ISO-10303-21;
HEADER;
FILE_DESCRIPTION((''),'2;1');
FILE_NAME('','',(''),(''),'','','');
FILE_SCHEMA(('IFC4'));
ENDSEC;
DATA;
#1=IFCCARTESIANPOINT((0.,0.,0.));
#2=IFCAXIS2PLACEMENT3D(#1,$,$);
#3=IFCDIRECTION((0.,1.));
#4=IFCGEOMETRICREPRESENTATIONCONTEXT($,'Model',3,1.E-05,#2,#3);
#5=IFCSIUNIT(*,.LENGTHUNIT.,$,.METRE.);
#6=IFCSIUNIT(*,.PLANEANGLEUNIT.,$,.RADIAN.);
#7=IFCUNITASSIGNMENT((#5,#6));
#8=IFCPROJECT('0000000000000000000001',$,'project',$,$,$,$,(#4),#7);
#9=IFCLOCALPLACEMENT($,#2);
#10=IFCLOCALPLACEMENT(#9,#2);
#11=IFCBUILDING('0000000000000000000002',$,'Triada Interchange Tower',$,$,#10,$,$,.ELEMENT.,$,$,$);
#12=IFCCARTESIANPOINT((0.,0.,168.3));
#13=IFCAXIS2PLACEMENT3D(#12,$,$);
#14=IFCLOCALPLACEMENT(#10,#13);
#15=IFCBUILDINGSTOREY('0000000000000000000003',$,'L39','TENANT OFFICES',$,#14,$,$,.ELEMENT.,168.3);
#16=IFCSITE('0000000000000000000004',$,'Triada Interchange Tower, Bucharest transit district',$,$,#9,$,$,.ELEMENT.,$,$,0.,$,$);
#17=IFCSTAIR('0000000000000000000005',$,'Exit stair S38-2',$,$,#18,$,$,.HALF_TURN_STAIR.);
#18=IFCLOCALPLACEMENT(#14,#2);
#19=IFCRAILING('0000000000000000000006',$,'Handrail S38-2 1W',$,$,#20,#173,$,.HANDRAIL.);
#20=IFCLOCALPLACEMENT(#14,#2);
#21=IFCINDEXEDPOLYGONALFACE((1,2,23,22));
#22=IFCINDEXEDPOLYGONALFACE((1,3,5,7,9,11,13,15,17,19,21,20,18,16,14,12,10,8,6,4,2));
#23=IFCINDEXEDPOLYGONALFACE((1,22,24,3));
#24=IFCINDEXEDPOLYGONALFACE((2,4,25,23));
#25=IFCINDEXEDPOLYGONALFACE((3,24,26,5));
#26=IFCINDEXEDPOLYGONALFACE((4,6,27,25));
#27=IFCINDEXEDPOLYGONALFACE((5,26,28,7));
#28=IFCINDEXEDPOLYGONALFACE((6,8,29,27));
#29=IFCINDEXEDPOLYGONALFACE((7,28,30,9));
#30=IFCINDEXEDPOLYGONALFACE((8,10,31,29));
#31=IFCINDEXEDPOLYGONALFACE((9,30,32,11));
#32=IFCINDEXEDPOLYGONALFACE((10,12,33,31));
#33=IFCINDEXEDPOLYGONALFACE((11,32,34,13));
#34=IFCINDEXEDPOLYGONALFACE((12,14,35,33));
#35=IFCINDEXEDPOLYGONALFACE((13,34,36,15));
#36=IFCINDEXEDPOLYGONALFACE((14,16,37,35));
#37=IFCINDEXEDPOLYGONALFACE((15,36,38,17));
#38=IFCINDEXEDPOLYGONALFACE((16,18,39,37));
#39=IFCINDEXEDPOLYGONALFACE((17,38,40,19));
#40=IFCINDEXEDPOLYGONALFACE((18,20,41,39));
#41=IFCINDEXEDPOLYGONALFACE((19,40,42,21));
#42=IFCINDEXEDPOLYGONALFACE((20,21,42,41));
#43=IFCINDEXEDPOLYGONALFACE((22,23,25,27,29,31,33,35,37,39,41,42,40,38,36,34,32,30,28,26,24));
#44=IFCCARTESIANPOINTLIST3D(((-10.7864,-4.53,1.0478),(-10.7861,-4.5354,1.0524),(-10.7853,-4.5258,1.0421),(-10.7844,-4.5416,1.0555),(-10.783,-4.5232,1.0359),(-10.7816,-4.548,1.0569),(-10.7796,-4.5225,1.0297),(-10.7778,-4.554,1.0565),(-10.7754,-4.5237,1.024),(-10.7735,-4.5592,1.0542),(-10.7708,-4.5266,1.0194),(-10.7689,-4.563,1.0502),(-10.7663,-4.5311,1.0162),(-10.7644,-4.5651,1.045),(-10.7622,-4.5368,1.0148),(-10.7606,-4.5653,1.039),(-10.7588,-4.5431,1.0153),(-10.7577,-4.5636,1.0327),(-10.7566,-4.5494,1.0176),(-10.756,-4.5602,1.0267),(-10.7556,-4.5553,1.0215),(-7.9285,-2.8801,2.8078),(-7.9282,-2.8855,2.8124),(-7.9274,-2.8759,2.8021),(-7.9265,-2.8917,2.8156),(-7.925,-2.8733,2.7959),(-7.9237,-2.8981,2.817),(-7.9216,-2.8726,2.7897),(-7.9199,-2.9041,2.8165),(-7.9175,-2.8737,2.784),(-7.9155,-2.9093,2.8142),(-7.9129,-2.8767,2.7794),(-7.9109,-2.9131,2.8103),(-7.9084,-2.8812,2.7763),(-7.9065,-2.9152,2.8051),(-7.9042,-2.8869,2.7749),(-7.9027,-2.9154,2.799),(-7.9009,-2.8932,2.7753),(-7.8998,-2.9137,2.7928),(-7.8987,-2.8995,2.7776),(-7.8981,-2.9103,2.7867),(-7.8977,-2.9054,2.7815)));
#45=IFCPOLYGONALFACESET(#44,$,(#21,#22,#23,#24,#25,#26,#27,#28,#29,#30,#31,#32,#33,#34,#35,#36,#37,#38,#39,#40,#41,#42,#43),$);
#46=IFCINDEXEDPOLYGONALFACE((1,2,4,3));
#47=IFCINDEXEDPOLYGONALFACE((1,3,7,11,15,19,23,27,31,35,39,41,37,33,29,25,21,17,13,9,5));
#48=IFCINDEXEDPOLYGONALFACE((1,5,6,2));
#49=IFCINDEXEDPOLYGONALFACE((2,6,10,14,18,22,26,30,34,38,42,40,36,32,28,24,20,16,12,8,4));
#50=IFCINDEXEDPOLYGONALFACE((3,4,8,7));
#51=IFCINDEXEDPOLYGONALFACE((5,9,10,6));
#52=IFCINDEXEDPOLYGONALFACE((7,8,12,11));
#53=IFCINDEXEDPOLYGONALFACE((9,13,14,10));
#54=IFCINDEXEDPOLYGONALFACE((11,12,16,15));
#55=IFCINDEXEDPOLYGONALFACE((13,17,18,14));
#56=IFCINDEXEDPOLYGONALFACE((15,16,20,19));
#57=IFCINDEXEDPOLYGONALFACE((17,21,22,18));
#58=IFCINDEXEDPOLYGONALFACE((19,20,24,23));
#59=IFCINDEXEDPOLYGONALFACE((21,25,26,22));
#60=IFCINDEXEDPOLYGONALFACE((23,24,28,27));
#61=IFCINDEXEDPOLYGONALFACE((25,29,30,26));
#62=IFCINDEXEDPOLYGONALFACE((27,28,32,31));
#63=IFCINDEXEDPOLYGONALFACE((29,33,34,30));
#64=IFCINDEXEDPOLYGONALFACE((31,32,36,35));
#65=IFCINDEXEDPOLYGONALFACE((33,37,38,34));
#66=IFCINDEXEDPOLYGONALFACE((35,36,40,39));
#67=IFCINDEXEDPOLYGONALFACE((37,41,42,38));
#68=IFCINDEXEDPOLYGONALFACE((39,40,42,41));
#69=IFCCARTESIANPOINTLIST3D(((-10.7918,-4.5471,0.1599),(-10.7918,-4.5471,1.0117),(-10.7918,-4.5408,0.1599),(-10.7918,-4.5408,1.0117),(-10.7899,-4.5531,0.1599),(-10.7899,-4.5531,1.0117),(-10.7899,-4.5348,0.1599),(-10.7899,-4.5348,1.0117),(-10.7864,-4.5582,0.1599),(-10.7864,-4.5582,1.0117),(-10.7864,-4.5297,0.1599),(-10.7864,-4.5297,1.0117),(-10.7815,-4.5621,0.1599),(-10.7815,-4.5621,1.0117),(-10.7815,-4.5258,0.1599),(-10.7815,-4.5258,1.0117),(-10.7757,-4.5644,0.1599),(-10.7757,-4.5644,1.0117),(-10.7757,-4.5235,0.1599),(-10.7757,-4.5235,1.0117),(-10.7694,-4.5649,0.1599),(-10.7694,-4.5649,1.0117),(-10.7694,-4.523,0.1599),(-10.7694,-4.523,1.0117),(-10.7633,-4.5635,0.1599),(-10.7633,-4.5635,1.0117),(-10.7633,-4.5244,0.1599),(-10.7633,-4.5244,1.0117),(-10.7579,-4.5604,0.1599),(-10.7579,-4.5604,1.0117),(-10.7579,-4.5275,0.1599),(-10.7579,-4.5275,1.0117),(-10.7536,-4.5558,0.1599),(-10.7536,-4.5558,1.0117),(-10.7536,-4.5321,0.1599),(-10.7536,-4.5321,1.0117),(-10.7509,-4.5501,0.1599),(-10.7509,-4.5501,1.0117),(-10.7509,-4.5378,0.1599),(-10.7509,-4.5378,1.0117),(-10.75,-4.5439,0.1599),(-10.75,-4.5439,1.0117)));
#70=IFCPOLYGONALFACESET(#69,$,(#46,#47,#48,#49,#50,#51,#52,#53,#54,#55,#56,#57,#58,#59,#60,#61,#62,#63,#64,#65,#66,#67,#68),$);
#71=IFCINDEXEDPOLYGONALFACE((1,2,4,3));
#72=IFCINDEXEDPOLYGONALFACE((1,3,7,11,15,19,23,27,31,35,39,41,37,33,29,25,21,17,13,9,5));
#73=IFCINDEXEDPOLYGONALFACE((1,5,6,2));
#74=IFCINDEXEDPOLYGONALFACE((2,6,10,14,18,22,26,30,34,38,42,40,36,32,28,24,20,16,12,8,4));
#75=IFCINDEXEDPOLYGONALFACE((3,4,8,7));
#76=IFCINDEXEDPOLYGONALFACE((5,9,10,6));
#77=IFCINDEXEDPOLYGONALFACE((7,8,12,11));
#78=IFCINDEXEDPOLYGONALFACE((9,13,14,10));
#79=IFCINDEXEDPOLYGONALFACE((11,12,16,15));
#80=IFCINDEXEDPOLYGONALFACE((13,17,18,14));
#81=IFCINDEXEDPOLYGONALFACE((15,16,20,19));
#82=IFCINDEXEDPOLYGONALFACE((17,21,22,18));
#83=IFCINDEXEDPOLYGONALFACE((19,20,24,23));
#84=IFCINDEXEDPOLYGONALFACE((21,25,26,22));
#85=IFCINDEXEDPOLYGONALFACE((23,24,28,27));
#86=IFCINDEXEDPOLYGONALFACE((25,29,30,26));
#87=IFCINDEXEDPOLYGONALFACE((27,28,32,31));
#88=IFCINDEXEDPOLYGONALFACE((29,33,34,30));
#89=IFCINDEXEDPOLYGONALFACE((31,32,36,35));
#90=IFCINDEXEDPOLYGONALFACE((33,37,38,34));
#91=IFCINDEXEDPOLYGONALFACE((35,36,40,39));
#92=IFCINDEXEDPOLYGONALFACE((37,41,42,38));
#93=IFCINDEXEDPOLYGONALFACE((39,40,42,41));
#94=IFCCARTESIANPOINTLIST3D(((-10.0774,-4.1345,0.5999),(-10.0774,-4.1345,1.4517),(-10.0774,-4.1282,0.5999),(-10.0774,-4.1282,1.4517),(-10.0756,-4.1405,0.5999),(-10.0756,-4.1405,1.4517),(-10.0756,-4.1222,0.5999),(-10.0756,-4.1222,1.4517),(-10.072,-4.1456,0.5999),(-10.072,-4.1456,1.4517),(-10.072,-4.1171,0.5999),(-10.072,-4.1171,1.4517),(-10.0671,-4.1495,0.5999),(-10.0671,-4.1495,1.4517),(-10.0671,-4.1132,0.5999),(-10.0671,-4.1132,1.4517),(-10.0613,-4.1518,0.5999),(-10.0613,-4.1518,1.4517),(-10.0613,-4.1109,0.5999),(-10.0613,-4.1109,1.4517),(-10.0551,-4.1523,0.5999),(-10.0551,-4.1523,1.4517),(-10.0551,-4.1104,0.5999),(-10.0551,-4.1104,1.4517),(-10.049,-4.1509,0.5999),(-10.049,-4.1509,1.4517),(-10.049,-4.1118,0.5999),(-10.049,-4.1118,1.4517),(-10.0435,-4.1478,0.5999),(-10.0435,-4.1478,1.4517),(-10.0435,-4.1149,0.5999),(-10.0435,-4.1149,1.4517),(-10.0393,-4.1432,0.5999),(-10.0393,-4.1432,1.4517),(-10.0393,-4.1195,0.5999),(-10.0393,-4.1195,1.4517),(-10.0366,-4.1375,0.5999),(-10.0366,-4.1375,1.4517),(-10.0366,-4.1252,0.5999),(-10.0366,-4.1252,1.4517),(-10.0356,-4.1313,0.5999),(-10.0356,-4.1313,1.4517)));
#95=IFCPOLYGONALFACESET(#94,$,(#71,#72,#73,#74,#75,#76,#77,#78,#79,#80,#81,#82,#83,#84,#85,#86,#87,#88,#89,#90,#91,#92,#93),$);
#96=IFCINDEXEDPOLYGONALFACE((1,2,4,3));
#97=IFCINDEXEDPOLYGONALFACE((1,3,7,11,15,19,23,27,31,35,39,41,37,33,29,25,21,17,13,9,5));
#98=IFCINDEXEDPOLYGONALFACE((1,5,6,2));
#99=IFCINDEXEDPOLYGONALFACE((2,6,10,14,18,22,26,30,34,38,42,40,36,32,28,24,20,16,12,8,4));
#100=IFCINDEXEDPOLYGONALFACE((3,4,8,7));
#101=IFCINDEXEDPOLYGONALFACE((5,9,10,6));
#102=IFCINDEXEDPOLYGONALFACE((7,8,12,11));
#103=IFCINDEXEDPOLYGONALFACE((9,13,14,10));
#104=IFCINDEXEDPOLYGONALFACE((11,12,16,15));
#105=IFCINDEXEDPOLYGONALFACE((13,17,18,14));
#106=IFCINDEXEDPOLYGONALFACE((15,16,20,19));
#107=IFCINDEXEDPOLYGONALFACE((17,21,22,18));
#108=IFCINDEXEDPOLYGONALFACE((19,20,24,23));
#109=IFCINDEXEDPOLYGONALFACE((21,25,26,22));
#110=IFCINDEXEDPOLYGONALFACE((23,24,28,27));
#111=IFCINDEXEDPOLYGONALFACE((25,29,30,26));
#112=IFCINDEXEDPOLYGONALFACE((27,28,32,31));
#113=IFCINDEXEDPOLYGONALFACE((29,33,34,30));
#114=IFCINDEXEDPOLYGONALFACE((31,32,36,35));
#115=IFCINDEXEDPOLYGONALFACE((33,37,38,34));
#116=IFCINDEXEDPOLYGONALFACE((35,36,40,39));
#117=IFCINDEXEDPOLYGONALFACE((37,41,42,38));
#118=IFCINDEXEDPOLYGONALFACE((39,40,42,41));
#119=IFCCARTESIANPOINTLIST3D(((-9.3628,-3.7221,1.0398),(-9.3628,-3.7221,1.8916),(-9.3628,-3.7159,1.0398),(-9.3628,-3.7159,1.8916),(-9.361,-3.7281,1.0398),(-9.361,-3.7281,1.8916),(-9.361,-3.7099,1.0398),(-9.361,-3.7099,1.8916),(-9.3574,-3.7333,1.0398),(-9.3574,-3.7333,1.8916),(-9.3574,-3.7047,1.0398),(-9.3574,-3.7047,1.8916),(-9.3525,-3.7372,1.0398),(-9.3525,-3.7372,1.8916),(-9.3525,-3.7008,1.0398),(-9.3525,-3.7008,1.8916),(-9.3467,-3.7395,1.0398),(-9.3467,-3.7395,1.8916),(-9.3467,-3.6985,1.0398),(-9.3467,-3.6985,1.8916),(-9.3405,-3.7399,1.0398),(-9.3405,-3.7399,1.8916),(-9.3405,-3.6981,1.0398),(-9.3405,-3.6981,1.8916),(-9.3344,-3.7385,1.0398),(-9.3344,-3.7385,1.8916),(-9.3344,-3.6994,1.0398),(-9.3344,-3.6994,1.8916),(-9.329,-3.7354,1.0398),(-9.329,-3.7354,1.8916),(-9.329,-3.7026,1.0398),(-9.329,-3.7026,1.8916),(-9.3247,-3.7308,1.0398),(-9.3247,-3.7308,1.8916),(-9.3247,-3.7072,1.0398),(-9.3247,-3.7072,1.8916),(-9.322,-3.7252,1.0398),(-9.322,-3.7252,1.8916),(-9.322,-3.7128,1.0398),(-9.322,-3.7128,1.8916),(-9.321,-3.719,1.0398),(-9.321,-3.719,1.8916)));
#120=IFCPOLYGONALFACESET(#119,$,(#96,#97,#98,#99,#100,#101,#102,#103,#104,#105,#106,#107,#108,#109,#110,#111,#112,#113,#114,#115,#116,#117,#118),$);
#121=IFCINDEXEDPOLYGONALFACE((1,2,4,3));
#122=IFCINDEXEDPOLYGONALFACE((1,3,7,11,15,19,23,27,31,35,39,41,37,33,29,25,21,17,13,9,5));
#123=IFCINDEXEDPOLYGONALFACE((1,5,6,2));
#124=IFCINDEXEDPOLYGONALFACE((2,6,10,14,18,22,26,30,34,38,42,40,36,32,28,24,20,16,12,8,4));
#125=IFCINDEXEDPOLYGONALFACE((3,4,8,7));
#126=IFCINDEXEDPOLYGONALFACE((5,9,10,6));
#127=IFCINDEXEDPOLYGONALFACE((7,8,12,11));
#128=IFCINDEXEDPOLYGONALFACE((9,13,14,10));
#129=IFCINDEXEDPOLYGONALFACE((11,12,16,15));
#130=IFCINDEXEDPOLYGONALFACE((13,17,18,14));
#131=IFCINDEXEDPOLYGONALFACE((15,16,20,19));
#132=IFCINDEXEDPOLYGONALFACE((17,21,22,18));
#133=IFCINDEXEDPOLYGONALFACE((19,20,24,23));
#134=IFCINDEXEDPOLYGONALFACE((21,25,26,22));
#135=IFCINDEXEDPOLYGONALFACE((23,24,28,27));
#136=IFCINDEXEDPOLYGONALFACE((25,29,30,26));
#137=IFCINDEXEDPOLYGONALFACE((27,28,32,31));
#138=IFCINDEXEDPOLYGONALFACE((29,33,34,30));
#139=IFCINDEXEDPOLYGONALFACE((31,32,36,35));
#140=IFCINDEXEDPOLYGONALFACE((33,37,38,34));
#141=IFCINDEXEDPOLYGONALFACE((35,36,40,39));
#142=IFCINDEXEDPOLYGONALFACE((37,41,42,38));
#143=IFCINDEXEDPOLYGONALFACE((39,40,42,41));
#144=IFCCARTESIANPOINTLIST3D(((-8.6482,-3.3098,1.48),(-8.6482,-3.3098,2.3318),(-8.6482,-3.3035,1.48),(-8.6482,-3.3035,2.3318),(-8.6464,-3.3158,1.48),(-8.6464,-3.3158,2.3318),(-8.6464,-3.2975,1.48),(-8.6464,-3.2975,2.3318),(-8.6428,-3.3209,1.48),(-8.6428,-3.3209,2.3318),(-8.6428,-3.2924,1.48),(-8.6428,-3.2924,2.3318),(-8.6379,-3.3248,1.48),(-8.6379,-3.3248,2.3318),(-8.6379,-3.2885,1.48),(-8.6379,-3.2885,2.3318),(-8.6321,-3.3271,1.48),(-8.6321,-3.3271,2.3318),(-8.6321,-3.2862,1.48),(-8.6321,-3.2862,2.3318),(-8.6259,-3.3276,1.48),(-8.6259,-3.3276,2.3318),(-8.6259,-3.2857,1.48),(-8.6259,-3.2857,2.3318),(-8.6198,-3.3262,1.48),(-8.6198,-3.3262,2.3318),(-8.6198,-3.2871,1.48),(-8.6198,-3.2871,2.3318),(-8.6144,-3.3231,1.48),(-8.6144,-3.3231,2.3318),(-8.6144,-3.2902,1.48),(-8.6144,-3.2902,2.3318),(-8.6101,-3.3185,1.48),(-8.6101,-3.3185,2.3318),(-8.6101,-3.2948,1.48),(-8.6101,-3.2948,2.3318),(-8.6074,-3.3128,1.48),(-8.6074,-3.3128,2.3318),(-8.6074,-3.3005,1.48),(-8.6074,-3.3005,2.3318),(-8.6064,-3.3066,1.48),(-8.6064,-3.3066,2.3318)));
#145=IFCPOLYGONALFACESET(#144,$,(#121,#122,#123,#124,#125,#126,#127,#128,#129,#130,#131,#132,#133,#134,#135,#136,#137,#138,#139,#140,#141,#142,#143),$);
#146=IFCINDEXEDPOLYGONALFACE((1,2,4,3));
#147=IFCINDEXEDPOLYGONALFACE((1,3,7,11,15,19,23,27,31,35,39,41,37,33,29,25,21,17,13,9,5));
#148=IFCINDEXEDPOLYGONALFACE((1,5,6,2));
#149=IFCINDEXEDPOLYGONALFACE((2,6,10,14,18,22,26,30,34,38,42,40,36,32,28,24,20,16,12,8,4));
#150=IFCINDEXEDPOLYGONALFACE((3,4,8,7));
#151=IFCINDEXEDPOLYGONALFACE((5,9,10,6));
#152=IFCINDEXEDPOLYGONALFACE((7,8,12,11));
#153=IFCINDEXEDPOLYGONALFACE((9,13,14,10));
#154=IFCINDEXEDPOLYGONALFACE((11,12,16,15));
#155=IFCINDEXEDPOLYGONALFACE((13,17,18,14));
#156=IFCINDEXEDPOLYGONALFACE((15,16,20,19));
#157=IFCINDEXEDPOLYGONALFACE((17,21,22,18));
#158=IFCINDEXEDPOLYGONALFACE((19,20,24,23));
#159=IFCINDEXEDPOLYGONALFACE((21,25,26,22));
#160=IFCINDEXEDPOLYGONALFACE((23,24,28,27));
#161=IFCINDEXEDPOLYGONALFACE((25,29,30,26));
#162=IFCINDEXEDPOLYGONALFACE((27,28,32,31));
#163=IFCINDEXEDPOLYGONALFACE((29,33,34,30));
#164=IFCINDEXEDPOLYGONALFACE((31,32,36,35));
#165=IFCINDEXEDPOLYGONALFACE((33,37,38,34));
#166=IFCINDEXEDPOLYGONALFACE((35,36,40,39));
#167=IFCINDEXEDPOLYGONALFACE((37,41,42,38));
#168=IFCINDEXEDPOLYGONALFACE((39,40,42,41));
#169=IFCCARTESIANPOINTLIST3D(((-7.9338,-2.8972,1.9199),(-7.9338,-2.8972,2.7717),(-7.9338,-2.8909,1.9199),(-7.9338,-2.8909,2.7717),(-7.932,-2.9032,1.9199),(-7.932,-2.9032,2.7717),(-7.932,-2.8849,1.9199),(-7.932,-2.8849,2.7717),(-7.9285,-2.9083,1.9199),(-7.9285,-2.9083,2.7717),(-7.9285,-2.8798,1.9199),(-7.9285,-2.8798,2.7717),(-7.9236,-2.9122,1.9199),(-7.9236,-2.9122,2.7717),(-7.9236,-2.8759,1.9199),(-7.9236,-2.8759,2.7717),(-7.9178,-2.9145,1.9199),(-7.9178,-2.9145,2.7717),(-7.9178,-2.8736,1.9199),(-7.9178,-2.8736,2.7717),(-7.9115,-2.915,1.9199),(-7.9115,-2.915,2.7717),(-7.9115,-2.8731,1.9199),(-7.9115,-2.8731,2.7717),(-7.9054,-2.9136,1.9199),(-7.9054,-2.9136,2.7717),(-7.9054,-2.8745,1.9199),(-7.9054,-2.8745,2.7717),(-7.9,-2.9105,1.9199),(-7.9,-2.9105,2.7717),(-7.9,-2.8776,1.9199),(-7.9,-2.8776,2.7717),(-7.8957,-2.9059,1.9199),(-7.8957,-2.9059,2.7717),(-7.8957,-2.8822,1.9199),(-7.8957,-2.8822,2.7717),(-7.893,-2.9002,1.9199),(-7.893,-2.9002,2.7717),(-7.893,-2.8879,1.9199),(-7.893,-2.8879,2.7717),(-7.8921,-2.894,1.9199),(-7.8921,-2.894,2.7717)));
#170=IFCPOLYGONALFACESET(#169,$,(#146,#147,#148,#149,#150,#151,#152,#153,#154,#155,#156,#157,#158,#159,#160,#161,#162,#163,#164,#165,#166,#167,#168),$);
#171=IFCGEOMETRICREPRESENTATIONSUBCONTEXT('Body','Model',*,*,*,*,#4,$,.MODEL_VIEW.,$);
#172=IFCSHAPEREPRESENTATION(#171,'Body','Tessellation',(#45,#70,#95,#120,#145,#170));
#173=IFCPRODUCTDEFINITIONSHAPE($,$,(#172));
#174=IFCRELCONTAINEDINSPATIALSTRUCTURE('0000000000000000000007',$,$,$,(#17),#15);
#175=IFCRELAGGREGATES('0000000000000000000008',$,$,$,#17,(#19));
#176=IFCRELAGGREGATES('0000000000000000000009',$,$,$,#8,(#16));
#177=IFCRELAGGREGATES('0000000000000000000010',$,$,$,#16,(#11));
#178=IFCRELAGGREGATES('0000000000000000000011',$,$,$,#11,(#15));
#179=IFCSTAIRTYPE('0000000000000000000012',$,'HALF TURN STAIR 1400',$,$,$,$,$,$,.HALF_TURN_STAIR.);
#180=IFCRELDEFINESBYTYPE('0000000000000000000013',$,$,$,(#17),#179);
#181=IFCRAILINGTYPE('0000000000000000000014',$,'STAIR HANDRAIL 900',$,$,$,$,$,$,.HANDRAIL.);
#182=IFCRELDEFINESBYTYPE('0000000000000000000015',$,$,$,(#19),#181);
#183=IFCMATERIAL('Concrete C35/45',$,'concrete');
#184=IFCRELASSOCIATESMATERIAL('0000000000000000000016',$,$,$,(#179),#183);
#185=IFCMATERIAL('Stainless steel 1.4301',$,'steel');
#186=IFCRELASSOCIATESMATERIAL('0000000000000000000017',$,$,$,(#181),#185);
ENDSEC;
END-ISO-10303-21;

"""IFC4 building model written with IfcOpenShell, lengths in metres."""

from ifc_helpers import new_model, si_unit, direction, frame, origin, origin_2d, place, context, subcontext, project, spatial, circle, extrude, material, type_object, element, aggregate, save


model = new_model("IFC4")

# Units and contexts
model_context = context("Model", 3, precision=1e-05, world=origin(), true_north=direction((0.0, 1.0)))
body_context = subcontext(model_context, "Body", "Model", "MODEL_VIEW")
ifc_project = project(units=[si_unit("LENGTHUNIT", "METRE"), si_unit("PLANEANGLEUNIT", "RADIAN")], contexts=[model_context])

# Site, building, storey
site_placement = place(None, origin())
site = spatial("IfcSite", under=ifc_project, at=site_placement, Name="Triada Interchange Tower, Bucharest transit district", CompositionType="ELEMENT", RefElevation=0.0)
building_placement = place(site_placement, origin())
building = spatial("IfcBuilding", under=site, at=building_placement, Name="Triada Interchange Tower", CompositionType="ELEMENT")
storey_placement = place(building_placement, frame((0.0, 0.0, 168.3)))
storey = spatial("IfcBuildingStorey", under=building, at=storey_placement, Name="L39", Description="TENANT OFFICES", CompositionType="ELEMENT", Elevation=168.3)

# Stair, railing
ifc_material_1 = material(Name="Concrete C35/45", Category="concrete")
stair_type = type_object("IfcStairType", Name="HALF TURN STAIR 1400", PredefinedType="HALF_TURN_STAIR", material=ifc_material_1)
stair_placement = place(storey_placement, origin())
stair = element("IfcStair", 1, at=stair_placement, inside=storey, type_object=stair_type, Name="Exit stair S38-2", PredefinedType="HALF_TURN_STAIR")
ifc_material_2 = material(Name="Stainless steel 1.4301", Category="steel")
railing_type = type_object("IfcRailingType", Name="STAIR HANDRAIL 900", PredefinedType="HANDRAIL", material=ifc_material_2)
railing_1_placement = place(storey_placement, frame((-10.771, -4.5439, 0.1599)))
railing_1 = element("IfcRailing", 2, at=railing_1_placement, type_object=railing_type, Name="Handrail S38-2 1W", PredefinedType="HANDRAIL", context=body_context, shape_type="SweptSolid", body=[
    extrude(circle(Radius=0.0239, at=origin_2d()), frame((0.0, 0.0, 0.876), z_axis=(0.764151, 0.441153, 0.470593), x_axis=(-0.499974, 0.86604, 0.0)), (0.0, 0.0, 1.0), 3.74),
    extrude(circle(Radius=0.021, at=origin_2d()), origin(), (0.0, 0.0, 1.0), 0.8518),
    extrude(circle(Radius=0.021, at=origin_2d()), frame((0.7144, 0.4126, 0.4399)), (0.0, 0.0, 1.0), 0.8518),
    extrude(circle(Radius=0.021, at=origin_2d()), frame((1.429, 0.825, 0.8799)), (0.0, 0.0, 1.0), 0.8518),
    extrude(circle(Radius=0.021, at=origin_2d()), frame((2.1436, 1.2373, 1.3201)), (0.0, 0.0, 1.0), 0.8518),
    extrude(circle(Radius=0.021, at=origin_2d()), frame((2.8579, 1.6499, 1.76)), (0.0, 0.0, 1.0), 0.8518),
])
aggregate(stair, [railing_1])

save(model, "model.ifc")
